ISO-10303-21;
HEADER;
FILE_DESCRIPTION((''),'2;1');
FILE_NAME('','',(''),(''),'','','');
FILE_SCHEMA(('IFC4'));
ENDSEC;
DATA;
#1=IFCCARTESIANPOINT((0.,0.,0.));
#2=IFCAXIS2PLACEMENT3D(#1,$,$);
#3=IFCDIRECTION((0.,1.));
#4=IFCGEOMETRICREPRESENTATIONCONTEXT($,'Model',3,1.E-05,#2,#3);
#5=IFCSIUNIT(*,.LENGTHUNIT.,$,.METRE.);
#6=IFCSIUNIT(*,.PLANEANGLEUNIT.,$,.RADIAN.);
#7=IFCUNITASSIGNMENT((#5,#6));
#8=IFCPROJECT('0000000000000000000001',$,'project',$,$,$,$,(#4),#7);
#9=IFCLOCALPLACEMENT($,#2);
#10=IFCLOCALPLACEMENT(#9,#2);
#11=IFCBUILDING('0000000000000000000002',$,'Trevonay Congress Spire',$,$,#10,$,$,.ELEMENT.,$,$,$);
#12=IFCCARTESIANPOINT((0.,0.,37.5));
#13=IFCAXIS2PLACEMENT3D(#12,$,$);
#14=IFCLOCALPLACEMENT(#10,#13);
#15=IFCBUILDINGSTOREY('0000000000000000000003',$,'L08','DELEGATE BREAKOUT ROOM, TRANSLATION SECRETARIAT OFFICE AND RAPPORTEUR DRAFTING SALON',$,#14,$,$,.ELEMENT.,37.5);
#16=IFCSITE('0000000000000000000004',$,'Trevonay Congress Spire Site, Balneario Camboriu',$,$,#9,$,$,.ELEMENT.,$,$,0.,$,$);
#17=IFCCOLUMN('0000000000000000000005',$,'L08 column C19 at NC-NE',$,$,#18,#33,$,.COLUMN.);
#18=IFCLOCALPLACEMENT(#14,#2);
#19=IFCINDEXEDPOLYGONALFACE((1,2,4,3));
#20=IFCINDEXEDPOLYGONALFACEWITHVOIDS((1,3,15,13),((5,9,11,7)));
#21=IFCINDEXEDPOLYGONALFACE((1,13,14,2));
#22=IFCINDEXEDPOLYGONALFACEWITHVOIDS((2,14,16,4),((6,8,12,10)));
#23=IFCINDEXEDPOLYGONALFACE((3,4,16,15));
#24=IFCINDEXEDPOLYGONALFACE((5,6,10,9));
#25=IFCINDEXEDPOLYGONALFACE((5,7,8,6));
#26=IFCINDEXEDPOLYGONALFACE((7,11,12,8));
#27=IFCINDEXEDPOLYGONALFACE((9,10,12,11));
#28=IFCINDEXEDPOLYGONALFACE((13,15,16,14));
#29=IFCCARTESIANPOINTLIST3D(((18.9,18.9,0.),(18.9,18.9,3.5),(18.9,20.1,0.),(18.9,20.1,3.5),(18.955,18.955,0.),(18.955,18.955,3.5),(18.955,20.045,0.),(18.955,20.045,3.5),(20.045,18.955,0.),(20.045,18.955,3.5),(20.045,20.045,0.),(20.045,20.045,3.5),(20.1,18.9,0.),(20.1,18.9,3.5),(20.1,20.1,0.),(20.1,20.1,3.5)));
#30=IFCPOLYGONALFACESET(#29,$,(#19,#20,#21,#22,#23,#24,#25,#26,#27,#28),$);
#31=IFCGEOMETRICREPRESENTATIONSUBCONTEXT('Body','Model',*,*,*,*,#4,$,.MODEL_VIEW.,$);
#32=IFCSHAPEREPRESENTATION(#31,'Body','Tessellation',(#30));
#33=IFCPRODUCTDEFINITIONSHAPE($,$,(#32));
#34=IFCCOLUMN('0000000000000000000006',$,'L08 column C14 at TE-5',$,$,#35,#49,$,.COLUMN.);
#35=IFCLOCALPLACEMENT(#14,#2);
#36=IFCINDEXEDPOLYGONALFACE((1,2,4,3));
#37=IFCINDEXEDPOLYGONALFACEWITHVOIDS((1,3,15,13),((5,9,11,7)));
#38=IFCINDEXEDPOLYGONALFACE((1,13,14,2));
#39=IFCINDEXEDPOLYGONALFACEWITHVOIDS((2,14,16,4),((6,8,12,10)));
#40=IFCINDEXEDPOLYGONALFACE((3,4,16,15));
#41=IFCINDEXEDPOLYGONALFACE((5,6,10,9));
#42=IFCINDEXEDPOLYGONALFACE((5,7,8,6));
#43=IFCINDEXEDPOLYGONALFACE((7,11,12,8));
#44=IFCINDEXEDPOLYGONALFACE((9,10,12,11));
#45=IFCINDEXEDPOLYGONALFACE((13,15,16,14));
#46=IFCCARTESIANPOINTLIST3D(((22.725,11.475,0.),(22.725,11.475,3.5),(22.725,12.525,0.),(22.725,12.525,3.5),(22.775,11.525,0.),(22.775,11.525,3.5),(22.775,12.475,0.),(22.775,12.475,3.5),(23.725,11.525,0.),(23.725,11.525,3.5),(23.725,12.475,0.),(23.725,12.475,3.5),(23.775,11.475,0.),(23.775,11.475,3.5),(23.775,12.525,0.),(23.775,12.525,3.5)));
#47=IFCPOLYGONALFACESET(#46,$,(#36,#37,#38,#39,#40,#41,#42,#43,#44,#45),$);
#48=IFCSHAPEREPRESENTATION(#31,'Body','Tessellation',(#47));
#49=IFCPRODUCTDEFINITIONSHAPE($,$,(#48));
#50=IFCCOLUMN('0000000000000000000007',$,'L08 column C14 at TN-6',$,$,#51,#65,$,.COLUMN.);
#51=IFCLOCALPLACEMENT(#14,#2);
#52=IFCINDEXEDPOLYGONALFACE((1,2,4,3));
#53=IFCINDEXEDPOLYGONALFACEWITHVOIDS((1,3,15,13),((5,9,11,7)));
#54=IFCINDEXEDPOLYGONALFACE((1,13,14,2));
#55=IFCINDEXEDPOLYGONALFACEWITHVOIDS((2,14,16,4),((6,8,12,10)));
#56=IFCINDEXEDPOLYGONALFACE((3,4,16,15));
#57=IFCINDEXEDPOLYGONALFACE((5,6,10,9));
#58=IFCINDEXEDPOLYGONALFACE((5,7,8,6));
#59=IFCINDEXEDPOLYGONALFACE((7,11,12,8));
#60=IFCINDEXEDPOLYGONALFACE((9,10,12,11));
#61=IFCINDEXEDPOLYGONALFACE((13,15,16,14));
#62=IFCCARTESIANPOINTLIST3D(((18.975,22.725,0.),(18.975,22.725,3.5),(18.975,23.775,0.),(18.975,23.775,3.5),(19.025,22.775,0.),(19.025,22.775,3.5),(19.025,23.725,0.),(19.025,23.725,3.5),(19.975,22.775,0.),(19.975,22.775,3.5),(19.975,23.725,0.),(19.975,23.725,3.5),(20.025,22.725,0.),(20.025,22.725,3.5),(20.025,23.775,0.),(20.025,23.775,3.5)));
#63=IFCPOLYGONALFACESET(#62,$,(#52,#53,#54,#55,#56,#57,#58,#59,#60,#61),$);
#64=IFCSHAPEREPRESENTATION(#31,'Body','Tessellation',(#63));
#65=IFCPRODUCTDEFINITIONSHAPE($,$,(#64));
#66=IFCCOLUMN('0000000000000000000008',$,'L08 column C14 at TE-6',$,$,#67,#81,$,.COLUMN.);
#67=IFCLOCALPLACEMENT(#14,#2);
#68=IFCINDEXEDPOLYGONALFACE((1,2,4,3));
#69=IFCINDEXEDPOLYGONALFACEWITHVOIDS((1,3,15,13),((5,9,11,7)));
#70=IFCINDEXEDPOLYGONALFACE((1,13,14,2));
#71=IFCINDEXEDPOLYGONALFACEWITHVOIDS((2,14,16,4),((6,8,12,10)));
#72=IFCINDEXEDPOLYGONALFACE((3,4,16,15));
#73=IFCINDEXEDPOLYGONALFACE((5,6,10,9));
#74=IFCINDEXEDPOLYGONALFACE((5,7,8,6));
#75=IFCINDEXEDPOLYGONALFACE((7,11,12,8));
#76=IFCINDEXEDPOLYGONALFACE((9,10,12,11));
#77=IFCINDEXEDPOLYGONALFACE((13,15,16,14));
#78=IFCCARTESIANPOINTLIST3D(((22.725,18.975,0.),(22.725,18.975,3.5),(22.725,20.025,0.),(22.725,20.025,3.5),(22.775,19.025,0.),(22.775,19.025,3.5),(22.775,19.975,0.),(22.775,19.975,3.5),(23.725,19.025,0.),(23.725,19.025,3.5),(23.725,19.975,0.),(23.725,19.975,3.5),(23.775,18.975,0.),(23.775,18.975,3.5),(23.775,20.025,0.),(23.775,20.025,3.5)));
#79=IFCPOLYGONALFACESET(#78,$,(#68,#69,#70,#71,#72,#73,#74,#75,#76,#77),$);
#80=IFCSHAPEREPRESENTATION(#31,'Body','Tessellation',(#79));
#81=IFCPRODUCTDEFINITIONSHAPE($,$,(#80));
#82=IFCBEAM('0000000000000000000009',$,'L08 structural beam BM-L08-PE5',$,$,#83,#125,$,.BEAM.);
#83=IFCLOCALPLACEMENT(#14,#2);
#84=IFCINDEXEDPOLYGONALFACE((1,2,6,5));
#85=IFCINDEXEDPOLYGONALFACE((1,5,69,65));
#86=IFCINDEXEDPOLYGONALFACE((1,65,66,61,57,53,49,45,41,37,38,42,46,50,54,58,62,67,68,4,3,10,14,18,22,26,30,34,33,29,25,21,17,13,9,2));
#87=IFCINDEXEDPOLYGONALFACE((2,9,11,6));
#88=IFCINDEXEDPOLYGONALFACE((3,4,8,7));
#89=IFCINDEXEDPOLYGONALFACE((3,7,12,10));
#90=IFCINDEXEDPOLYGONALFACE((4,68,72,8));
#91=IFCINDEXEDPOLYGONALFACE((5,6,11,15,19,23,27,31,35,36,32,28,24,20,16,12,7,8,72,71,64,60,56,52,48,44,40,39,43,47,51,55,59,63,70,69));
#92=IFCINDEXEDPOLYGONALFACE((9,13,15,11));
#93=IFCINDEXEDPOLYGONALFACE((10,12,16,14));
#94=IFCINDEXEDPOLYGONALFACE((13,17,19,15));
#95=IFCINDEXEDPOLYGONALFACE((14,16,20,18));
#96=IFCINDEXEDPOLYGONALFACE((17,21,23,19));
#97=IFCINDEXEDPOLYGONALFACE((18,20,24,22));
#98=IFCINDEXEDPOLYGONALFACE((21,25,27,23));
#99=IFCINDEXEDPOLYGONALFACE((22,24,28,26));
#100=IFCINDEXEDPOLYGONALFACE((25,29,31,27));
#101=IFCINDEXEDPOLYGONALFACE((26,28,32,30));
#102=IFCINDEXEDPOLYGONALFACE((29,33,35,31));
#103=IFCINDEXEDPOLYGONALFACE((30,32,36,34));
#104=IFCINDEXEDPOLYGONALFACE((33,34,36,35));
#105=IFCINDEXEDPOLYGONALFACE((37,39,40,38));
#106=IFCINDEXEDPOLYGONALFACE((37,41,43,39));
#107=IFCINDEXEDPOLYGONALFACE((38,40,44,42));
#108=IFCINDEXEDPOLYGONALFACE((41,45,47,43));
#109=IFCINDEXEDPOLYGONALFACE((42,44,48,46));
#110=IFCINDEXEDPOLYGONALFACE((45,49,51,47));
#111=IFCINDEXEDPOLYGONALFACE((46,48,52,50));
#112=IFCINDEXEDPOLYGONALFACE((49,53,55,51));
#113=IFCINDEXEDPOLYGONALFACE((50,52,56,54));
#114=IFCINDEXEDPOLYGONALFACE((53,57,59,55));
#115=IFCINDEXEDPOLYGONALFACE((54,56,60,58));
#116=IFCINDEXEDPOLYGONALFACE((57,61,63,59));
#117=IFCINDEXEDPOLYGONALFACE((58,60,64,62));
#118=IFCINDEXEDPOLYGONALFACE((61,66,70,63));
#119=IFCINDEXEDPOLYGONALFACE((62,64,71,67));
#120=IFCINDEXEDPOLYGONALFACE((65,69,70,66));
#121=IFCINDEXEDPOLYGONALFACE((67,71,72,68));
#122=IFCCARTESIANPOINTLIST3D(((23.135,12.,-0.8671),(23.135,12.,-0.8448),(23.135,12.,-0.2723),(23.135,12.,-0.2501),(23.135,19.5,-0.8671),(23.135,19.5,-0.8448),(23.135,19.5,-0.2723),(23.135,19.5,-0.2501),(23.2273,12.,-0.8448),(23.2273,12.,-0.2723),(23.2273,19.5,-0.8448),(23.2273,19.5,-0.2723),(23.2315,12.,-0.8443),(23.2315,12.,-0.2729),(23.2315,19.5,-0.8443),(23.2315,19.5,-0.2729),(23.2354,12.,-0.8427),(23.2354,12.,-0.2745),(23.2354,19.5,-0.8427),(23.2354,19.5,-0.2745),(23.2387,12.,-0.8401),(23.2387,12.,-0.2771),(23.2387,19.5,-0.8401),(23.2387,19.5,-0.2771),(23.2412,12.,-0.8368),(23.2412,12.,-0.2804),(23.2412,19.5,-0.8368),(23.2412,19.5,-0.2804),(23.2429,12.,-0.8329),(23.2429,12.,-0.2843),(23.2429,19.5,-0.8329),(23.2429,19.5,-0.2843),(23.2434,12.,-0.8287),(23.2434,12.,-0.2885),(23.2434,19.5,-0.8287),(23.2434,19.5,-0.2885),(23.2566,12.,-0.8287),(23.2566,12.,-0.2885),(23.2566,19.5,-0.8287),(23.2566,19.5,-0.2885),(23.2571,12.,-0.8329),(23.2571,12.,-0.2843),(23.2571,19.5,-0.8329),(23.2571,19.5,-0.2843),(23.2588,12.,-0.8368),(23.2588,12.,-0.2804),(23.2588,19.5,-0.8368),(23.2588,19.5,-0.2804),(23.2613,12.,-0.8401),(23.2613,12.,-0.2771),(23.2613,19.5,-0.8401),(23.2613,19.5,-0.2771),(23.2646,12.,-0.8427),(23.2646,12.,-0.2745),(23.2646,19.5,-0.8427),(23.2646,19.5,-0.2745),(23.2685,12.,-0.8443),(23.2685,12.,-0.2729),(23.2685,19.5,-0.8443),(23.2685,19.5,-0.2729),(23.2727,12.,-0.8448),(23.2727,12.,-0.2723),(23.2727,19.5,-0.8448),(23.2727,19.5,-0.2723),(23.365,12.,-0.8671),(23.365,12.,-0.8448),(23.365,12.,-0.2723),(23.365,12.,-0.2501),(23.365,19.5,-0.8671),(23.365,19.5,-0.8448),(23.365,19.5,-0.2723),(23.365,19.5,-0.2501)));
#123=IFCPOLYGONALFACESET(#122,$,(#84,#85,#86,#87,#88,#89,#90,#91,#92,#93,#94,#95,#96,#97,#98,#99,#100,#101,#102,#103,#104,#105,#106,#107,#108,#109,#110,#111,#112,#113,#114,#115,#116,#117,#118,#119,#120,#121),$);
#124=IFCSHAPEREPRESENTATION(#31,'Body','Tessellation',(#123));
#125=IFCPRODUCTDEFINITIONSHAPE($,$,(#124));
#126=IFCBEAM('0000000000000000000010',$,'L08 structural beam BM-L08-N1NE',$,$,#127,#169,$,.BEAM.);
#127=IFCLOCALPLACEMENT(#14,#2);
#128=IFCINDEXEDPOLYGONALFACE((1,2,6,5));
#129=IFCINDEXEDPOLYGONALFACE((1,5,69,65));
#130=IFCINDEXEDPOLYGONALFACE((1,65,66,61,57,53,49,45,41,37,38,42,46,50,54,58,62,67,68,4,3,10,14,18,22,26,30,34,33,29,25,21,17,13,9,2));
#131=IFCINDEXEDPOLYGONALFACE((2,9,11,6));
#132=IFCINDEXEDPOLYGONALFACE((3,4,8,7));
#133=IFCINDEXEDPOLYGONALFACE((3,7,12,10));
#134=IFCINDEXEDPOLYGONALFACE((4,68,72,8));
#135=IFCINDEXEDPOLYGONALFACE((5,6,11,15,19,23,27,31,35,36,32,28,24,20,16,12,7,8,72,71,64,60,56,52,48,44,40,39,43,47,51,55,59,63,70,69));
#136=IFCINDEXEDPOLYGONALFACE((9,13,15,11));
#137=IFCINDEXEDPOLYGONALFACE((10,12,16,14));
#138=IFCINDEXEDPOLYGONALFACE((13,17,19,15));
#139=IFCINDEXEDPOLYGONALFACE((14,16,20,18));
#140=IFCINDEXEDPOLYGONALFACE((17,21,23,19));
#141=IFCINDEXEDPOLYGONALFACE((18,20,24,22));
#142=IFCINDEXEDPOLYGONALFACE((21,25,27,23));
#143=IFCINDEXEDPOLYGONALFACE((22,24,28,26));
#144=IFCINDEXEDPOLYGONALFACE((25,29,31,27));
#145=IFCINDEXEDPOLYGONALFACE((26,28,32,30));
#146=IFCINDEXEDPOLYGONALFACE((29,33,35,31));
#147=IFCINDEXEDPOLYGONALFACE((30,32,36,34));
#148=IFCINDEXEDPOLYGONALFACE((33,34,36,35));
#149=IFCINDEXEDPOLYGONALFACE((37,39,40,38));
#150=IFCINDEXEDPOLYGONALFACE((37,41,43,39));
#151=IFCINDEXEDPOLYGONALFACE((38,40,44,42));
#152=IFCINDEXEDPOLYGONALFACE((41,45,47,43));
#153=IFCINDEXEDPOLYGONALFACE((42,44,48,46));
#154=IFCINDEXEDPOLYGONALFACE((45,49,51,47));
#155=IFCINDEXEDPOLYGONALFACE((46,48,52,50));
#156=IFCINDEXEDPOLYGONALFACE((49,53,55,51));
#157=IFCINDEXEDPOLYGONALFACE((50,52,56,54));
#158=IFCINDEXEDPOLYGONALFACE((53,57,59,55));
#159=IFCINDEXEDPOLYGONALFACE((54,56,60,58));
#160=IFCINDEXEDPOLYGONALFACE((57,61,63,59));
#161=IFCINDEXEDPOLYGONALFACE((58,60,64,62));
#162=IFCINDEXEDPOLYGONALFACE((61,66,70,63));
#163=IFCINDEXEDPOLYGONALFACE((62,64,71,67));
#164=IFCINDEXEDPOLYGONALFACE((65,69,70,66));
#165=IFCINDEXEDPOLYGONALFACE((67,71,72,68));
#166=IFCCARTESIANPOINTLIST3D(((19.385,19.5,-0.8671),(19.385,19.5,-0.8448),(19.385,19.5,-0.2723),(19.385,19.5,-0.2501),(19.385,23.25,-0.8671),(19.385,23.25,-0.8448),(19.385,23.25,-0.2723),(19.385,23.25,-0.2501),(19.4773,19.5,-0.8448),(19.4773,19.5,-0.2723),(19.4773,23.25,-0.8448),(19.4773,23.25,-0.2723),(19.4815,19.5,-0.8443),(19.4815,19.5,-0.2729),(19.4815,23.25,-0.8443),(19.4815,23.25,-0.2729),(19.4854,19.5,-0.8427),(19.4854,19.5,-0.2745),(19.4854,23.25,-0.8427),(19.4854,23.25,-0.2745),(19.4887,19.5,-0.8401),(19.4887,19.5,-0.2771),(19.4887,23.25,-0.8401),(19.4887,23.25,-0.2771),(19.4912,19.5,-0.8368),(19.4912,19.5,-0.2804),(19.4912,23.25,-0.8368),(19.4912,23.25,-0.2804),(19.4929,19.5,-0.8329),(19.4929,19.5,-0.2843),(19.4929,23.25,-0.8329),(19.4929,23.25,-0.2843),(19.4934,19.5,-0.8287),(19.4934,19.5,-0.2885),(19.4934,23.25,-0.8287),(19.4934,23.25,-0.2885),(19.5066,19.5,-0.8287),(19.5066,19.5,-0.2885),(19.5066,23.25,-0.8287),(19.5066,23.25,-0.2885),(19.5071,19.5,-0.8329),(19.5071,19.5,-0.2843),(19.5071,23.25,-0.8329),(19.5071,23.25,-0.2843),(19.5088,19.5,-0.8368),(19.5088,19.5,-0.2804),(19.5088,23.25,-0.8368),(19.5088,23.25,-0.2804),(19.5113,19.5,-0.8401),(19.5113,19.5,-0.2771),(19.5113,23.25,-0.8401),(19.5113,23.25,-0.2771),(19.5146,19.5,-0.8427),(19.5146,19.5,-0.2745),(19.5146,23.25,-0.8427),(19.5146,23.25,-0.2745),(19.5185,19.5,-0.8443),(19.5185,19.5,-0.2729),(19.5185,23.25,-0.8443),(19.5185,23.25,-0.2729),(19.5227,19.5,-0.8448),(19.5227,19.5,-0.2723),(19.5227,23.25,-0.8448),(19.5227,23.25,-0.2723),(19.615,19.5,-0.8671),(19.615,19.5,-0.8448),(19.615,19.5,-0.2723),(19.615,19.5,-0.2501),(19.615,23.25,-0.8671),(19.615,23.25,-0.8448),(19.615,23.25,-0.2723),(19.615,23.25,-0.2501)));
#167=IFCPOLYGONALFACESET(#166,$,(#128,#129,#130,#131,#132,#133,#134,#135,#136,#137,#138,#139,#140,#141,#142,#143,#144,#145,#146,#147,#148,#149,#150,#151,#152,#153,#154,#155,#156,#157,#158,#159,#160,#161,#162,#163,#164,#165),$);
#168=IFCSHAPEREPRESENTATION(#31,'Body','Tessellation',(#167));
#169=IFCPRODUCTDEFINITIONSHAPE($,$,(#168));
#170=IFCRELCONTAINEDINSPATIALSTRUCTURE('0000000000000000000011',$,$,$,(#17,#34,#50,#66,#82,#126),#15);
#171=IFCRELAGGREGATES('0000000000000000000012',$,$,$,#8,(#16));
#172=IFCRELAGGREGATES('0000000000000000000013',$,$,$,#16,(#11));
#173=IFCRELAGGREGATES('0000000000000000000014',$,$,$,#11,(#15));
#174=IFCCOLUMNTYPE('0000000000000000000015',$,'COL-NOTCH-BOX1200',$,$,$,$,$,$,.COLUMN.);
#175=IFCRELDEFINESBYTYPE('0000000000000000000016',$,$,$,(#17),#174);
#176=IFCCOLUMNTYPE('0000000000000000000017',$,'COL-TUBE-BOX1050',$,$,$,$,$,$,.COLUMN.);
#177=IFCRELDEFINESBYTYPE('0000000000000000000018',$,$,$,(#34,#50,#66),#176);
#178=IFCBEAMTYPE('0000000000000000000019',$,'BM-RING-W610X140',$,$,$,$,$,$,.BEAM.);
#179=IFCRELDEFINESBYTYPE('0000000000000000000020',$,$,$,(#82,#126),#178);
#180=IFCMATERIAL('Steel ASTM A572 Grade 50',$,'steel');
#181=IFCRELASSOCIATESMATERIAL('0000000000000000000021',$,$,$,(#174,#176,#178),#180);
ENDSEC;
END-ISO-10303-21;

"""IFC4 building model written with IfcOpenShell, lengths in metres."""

from ifc_helpers import new_model, si_unit, direction, frame, origin, origin_2d, place, context, subcontext, project, spatial, hollow_rectangle, i_section, extrude, material, material_profile, profile_set, type_object, element, save


model = new_model("IFC4")

# Units and contexts
model_context = context("Model", 3, precision=1e-05, world=origin(), true_north=direction((0.0, 1.0)))
body_context = subcontext(model_context, "Body", "Model", "MODEL_VIEW")
ifc_project = project(units=[si_unit("LENGTHUNIT", "METRE"), si_unit("PLANEANGLEUNIT", "RADIAN")], contexts=[model_context])

# Site, building, storey
site_placement = place(None, origin())
site = spatial("IfcSite", under=ifc_project, at=site_placement, Name="Trevonay Congress Spire Site, Balneario Camboriu", CompositionType="ELEMENT", RefElevation=0.0)
building_placement = place(site_placement, origin())
building = spatial("IfcBuilding", under=site, at=building_placement, Name="Trevonay Congress Spire", CompositionType="ELEMENT")
storey_placement = place(building_placement, frame((0.0, 0.0, 37.5)))
storey = spatial("IfcBuildingStorey", under=building, at=storey_placement, Name="L08", Description="DELEGATE BREAKOUT ROOM, TRANSLATION SECRETARIAT OFFICE AND RAPPORTEUR DRAFTING SALON", CompositionType="ELEMENT", Elevation=37.5)

# Columns
ifc_material_1 = material(Name="Steel ASTM A572 Grade 50", Category="steel")
ifc_material_profile_1 = material_profile(ifc_material_1, hollow_rectangle(XDim=1.2, YDim=1.2, WallThickness=0.0549, at=origin_2d()), Name="BOX 1200x1200x55")
ifc_profile_set_1 = profile_set([ifc_material_profile_1], Name="Steel ASTM A572 Grade 50")
column_type_1 = type_object("IfcColumnType", Name="COL-NOTCH-BOX1200", PredefinedType="COLUMN", material=ifc_profile_set_1)
column_placement = place(storey_placement, frame((19.5, 19.5, 0.0), z_axis=(0.0, 0.0, 1.0), x_axis=(1.0, 0.0, 0.0)))
element("IfcColumn", 1, at=column_placement, inside=storey, type_object=column_type_1, Name="L08 column C19 at NC-NE", PredefinedType="COLUMN", context=body_context, shape_type="SweptSolid", body=[
    extrude(hollow_rectangle(XDim=1.2, YDim=1.2, WallThickness=0.0549, at=origin_2d()), origin(), (0.0, 0.0, 1.0), 3.5),
])
ifc_material_profile_2 = material_profile(ifc_material_1, hollow_rectangle(XDim=1.05, YDim=1.05, WallThickness=0.05, at=origin_2d()), Name="BOX 1050x1050x50")
ifc_profile_set_2 = profile_set([ifc_material_profile_2], Name="Steel ASTM A572 Grade 50")
column_type_2 = type_object("IfcColumnType", Name="COL-TUBE-BOX1050", PredefinedType="COLUMN", material=ifc_profile_set_2)
for number, where, z_axis, x_axis, name in (
    (2, (23.25, 12.0, 0.0), (0.0, 0.0, 1.0), (1.0, 0.0, 0.0), "L08 column C14 at TE-5"),
    (3, (19.5, 23.25, 0.0), (0.0, 0.0, 1.0), (1.0, 0.0, 0.0), "L08 column C14 at TN-6"),
    (4, (23.25, 19.5, 0.0), (0.0, 0.0, 1.0), (1.0, 0.0, 0.0), "L08 column C14 at TE-6"),
):
    element("IfcColumn", number, at=place(storey_placement, frame(where, z_axis=z_axis, x_axis=x_axis)), inside=storey, type_object=column_type_2, Name=name, PredefinedType="COLUMN", context=body_context, shape_type="SweptSolid", body=[
        extrude(hollow_rectangle(XDim=1.05, YDim=1.05, WallThickness=0.05, at=origin_2d()), origin(), (0.0, 0.0, 1.0), 3.5),
    ])

# Beams
ifc_material_profile_3 = material_profile(ifc_material_1, i_section(OverallWidth=0.23, OverallDepth=0.6169, WebThickness=0.0132, FlangeThickness=0.0222, FilletRadius=0.0161, at=origin_2d()), Name="W610x140")
ifc_profile_set_3 = profile_set([ifc_material_profile_3], Name="Steel ASTM A572 Grade 50")
beam_type = type_object("IfcBeamType", Name="BM-RING-W610X140", PredefinedType="BEAM", material=ifc_profile_set_3)
beam_placement = place(storey_placement, frame((23.25, 12.0, -0.5586), z_axis=(0.0, 1.0, 0.0), x_axis=(-1.0, 0.0, 0.0)))
element("IfcBeam", 5, at=beam_placement, inside=storey, type_object=beam_type, Name="L08 structural beam BM-L08-PE5", PredefinedType="BEAM", context=body_context, shape_type="SweptSolid", body=[
    extrude(i_section(OverallWidth=0.23, OverallDepth=0.6169, WebThickness=0.0132, FlangeThickness=0.0222, FilletRadius=0.0161, at=origin_2d()), origin(), (0.0, 0.0, 1.0), 7.5),
])
for number, where, z_axis, x_axis, name in (
    (6, (19.5, 23.25, -0.5586), (0.0, -1.0, 0.0), (1.0, 0.0, 0.0), "L08 structural beam BM-L08-N1NE"),
):
    element("IfcBeam", number, at=place(storey_placement, frame(where, z_axis=z_axis, x_axis=x_axis)), inside=storey, type_object=beam_type, Name=name, PredefinedType="BEAM", context=body_context, shape_type="SweptSolid", body=[
        extrude(i_section(OverallWidth=0.23, OverallDepth=0.6169, WebThickness=0.0132, FlangeThickness=0.0222, FilletRadius=0.0161, at=origin_2d()), origin(), (0.0, 0.0, 1.0), 3.75),
    ])

save(model, "model.ifc")
